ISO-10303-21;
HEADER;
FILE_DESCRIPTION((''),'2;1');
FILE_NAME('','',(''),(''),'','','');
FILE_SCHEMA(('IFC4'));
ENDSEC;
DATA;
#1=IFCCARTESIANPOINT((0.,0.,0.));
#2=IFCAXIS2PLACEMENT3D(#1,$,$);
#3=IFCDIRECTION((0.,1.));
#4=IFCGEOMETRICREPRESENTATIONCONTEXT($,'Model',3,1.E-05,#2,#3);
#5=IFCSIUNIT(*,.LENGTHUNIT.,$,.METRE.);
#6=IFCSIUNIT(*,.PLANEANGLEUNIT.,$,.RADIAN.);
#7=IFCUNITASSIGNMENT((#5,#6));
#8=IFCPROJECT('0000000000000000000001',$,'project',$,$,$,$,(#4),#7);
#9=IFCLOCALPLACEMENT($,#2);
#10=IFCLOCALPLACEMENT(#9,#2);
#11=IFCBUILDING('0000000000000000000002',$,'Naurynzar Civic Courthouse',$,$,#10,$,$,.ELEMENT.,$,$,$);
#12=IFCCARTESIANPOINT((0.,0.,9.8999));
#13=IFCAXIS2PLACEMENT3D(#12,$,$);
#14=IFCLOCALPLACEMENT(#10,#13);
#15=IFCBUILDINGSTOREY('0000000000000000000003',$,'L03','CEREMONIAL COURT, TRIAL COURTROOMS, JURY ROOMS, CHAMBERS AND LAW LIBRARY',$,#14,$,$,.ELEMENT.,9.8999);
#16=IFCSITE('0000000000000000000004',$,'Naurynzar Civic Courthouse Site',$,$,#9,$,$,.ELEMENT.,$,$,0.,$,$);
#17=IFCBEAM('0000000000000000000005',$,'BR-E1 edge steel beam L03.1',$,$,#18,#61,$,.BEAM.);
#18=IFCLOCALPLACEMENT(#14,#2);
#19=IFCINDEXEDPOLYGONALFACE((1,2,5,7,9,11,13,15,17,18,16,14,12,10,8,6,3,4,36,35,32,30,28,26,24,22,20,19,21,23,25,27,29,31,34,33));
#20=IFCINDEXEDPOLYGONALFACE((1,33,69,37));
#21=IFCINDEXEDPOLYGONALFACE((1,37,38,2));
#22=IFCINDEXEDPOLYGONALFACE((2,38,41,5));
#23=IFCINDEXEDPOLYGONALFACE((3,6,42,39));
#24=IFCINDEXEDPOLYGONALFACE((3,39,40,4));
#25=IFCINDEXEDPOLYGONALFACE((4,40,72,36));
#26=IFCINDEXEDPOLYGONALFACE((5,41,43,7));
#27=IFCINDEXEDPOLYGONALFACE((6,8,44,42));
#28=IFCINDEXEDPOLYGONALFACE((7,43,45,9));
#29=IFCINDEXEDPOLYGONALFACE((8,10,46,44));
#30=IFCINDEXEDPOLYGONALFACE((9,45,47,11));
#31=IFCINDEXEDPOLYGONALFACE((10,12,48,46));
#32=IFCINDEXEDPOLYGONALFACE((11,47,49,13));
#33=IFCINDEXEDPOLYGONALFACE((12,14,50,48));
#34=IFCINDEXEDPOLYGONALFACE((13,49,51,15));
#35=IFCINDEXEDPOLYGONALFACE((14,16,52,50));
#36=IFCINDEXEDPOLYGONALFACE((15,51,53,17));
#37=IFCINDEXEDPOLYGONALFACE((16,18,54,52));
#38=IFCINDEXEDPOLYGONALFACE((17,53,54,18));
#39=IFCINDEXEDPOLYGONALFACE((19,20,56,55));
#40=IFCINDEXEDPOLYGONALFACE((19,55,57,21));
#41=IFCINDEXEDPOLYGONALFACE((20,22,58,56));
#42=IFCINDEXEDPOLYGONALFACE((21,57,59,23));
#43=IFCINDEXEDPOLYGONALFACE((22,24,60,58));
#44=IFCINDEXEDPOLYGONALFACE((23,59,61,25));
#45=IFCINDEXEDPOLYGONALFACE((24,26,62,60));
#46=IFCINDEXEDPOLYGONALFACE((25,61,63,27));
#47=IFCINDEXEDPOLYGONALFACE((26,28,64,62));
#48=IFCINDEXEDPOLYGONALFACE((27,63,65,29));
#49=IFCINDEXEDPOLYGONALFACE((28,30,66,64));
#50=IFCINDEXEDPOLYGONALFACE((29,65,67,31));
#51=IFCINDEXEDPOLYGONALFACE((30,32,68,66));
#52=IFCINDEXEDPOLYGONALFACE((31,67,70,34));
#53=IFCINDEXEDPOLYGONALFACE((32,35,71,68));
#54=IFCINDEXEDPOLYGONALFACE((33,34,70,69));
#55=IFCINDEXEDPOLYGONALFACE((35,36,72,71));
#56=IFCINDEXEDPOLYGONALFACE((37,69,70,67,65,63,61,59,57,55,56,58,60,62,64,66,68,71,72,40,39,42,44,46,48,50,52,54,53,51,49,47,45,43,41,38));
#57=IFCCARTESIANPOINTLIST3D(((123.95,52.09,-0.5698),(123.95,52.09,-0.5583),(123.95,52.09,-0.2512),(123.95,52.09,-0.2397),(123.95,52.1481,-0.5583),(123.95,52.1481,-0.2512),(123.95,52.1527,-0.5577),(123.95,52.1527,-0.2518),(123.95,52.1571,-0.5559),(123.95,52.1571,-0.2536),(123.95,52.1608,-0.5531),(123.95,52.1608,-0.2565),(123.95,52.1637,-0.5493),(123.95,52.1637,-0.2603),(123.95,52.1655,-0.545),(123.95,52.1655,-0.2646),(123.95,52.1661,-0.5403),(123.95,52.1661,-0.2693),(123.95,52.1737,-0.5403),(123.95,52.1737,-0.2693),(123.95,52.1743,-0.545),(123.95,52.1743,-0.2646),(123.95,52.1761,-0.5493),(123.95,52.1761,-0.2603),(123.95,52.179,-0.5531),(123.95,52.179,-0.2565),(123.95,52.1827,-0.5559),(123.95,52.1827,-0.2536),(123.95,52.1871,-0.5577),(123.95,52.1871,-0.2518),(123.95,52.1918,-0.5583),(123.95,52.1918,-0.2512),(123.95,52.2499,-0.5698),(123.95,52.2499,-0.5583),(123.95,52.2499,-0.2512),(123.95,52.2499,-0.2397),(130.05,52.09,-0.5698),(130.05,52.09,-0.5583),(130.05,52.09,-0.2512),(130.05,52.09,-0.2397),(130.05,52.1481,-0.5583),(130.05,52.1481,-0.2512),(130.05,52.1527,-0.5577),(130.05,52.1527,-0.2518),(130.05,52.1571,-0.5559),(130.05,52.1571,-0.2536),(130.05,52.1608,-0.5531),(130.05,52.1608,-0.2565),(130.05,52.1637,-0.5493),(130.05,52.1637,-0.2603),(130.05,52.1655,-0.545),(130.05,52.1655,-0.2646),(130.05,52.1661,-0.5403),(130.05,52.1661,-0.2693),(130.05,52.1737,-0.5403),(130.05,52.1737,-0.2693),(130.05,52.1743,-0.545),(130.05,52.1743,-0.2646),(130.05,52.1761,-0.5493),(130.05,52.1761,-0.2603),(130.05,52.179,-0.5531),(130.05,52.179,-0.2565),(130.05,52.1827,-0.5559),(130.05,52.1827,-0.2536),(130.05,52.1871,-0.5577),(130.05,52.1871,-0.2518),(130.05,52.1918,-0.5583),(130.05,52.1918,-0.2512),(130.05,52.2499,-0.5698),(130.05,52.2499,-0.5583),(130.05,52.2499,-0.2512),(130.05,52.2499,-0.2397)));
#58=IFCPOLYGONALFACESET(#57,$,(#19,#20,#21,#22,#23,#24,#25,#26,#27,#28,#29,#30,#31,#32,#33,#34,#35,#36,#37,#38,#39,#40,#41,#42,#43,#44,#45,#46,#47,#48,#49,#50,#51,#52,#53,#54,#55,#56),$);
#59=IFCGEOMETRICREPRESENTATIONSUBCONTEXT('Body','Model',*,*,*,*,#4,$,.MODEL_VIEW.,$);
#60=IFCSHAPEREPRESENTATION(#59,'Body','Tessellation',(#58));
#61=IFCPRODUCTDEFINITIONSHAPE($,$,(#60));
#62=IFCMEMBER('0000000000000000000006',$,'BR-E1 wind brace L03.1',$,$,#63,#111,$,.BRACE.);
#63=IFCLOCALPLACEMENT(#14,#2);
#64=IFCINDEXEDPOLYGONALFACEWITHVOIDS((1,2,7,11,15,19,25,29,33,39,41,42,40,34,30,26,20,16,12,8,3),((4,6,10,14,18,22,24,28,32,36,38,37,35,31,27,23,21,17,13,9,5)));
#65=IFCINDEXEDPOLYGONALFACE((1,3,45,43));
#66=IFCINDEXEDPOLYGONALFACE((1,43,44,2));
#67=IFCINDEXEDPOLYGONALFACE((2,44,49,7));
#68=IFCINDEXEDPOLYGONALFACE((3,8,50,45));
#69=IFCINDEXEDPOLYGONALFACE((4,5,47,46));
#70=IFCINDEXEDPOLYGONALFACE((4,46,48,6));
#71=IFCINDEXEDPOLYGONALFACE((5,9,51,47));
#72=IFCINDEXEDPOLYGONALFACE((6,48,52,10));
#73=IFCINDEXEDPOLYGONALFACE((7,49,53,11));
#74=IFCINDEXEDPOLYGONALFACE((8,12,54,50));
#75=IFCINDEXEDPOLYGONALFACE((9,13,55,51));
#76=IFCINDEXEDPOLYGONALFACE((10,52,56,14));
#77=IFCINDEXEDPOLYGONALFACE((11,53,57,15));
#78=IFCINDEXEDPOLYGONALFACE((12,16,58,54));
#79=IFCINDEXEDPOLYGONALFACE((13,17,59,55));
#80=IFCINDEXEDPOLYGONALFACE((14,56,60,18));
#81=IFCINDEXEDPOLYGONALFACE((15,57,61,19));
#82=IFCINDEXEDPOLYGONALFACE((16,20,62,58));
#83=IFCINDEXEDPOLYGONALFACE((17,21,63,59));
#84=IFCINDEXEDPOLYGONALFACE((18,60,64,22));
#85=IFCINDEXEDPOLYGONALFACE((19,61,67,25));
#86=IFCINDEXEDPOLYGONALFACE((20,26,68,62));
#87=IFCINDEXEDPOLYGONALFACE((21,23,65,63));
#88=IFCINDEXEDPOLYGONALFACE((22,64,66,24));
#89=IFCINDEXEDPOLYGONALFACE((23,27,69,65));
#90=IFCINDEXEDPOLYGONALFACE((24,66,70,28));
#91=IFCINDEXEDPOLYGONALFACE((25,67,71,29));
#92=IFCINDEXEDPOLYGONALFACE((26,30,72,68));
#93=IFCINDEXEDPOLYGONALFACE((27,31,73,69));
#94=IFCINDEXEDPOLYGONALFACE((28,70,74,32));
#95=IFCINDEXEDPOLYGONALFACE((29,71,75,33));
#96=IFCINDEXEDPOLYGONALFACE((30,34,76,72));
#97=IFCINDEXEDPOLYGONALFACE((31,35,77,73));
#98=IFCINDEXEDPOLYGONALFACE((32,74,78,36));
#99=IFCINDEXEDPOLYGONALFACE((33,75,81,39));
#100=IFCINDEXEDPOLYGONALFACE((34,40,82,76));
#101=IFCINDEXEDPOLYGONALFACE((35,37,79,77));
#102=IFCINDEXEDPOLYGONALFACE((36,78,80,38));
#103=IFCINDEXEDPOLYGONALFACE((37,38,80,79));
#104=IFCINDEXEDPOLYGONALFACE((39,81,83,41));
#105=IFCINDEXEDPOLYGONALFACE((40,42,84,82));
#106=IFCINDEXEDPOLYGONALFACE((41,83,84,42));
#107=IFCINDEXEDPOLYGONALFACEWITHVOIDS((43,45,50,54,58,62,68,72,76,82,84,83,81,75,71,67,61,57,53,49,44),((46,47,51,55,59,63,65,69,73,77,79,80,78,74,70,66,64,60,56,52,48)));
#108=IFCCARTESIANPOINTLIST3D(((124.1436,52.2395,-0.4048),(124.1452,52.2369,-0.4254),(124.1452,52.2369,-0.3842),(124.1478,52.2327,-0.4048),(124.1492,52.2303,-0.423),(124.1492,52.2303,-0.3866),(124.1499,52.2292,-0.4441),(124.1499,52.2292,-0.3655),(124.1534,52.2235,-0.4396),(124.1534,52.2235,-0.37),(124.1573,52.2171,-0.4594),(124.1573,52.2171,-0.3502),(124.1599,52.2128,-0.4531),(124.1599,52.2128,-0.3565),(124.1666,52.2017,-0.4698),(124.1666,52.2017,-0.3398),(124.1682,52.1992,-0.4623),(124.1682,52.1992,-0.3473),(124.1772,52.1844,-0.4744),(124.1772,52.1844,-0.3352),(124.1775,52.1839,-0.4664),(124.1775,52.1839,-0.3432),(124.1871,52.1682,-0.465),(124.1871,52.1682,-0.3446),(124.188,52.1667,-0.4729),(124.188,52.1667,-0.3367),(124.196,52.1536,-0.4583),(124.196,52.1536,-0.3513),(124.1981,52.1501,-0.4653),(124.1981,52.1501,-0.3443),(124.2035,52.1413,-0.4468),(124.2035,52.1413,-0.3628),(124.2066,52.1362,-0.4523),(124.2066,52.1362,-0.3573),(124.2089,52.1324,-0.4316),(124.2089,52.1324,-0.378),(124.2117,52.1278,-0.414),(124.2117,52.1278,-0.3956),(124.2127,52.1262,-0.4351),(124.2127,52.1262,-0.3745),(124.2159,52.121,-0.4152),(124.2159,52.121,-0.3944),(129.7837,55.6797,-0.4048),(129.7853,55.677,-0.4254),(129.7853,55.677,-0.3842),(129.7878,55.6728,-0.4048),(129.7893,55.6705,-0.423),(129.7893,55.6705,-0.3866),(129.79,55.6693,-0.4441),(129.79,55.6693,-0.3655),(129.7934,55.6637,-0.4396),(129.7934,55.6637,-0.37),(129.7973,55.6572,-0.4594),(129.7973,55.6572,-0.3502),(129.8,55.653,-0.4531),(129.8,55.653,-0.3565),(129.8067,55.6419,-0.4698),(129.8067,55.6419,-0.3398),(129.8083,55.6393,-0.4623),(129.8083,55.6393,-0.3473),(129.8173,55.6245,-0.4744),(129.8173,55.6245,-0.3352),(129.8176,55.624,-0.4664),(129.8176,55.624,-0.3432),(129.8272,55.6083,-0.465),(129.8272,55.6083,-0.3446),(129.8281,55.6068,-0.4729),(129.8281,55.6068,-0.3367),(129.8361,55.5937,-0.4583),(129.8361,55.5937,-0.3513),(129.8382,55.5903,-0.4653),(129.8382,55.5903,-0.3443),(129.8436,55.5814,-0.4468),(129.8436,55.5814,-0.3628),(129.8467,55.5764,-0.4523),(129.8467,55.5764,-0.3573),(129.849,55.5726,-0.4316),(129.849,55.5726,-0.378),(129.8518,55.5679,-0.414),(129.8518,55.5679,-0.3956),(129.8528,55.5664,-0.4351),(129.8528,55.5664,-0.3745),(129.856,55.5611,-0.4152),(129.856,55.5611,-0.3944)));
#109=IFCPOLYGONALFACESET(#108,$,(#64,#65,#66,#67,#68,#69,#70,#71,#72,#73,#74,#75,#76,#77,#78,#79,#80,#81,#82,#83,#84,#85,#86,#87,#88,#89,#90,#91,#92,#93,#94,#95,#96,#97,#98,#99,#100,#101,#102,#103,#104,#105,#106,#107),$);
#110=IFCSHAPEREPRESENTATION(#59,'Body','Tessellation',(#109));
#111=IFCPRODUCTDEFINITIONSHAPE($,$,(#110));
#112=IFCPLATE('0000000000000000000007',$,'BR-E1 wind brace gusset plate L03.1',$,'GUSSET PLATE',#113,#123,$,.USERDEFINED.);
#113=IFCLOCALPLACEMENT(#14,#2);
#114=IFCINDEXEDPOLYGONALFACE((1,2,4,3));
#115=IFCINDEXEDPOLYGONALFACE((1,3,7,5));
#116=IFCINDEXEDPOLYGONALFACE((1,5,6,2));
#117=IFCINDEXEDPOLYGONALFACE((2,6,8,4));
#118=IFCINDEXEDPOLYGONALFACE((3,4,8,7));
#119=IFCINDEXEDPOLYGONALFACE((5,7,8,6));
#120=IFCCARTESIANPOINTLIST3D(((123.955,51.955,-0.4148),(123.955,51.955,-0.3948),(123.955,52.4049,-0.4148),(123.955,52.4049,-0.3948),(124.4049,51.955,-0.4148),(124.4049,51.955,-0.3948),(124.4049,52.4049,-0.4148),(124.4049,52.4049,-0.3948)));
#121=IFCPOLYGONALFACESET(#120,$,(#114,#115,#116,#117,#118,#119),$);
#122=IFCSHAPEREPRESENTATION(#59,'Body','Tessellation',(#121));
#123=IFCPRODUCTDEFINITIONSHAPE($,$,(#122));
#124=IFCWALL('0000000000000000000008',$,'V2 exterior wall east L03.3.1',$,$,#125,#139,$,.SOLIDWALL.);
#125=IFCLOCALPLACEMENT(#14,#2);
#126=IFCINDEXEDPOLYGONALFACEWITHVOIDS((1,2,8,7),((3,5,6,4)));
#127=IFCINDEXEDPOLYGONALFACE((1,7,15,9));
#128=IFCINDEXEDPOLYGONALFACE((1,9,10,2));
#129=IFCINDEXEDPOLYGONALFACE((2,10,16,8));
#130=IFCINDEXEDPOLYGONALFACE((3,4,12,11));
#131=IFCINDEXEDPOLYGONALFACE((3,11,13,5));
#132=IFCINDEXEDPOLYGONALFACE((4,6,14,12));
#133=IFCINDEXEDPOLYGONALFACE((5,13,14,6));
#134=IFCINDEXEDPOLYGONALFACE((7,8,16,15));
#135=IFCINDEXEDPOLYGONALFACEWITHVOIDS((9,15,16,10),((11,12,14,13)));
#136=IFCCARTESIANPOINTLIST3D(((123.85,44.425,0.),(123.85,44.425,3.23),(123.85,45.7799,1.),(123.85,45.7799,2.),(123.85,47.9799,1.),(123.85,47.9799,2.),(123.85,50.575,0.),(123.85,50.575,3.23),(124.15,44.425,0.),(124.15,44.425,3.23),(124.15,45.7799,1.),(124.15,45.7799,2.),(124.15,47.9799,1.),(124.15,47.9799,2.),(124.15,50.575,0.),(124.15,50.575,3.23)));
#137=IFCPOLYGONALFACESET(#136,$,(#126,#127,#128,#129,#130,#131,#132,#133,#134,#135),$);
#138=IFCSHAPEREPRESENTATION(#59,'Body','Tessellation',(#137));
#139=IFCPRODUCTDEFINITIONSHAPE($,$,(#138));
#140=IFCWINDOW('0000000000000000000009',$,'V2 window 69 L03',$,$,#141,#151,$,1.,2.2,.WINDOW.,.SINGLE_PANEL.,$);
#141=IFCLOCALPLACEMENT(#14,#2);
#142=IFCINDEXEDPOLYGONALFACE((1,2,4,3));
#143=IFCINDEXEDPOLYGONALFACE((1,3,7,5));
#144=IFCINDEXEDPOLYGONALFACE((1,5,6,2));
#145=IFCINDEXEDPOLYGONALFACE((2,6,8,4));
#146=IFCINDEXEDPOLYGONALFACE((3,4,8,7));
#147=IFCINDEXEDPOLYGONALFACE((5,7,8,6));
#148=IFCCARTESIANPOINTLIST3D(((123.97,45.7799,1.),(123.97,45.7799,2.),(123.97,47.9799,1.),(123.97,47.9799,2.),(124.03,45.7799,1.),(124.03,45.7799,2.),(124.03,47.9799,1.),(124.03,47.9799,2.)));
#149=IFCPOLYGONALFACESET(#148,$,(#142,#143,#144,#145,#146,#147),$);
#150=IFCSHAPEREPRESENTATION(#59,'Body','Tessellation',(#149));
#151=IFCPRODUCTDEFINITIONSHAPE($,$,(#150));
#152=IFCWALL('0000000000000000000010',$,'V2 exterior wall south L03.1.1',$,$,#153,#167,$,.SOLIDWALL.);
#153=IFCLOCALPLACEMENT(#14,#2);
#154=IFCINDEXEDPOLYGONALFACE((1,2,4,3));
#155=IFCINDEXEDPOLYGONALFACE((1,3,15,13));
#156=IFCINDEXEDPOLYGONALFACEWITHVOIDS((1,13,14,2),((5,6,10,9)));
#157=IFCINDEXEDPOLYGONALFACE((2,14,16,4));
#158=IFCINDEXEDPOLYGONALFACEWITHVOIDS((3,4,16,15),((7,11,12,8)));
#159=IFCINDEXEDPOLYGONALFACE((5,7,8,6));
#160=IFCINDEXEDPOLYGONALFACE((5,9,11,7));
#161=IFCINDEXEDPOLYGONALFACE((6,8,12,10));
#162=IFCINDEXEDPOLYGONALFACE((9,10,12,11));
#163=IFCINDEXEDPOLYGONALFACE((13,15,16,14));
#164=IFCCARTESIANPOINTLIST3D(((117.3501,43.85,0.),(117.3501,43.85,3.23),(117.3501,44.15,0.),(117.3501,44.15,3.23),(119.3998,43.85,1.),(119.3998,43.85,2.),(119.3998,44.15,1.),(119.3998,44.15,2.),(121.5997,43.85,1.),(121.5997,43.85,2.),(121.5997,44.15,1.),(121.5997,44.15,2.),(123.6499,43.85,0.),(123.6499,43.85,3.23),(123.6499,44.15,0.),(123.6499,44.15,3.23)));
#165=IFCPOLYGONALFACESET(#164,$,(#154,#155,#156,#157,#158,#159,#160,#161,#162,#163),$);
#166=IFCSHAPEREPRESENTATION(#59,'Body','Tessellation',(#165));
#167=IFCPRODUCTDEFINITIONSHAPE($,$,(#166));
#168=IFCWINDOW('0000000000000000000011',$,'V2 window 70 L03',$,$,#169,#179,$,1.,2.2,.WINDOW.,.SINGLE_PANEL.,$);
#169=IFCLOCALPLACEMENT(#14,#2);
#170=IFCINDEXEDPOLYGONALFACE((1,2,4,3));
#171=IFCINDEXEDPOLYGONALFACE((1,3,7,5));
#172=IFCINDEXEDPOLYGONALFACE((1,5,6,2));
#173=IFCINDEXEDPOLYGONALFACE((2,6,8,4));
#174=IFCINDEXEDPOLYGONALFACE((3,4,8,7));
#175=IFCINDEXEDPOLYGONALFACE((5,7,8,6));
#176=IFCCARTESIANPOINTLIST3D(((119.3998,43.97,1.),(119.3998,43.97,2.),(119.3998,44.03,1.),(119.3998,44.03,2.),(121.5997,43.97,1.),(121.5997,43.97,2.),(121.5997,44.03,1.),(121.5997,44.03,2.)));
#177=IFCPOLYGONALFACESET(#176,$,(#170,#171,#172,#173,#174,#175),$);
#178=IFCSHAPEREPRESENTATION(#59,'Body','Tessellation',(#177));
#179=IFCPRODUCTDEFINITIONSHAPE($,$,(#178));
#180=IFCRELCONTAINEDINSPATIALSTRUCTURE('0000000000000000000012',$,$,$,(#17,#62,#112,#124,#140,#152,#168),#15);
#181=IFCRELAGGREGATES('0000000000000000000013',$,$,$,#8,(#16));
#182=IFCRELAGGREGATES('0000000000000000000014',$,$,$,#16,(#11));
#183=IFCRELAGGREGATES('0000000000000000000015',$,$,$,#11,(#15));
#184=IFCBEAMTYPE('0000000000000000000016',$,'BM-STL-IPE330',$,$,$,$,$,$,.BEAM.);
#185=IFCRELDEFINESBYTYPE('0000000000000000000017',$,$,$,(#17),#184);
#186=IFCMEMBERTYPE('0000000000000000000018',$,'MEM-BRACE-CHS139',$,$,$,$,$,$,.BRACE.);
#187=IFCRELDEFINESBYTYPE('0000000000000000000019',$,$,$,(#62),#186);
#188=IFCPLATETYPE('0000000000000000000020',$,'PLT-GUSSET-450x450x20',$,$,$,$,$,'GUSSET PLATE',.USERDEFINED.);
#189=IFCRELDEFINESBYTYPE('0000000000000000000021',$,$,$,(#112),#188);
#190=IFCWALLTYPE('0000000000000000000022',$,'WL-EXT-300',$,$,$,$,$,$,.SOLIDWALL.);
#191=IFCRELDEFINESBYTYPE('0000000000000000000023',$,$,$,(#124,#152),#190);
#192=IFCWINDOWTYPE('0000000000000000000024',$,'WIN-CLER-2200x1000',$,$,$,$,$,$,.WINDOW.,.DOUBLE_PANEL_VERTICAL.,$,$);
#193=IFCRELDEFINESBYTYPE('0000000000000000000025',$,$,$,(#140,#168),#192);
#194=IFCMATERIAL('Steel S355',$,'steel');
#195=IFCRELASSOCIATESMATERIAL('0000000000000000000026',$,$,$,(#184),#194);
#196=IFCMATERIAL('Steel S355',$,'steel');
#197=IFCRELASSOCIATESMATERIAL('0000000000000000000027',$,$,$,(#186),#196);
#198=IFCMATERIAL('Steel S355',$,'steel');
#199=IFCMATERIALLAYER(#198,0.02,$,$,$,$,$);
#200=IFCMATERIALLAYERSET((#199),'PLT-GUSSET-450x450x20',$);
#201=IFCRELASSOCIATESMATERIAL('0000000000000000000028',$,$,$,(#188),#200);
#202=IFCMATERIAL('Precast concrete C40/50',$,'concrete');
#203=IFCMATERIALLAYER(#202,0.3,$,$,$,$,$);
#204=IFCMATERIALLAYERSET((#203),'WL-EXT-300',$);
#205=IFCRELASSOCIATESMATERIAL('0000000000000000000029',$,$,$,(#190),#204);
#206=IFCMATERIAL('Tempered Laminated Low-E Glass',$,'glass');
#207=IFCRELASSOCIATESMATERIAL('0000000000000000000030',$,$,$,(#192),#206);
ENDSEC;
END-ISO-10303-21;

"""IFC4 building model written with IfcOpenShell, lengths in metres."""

from ifc_helpers import new_model, si_unit, direction, frame, frame_2d, origin, origin_2d, place, context, subcontext, project, spatial, rectangle, hollow_circle, i_section, extrude, material, layer, layer_set, material_profile, profile_set, type_object, element, fill, save


model = new_model("IFC4")

# Units and contexts
model_context = context("Model", 3, precision=1e-05, world=origin(), true_north=direction((0.0, 1.0)))
body_context = subcontext(model_context, "Body", "Model", "MODEL_VIEW")
ifc_project = project(units=[si_unit("LENGTHUNIT", "METRE"), si_unit("PLANEANGLEUNIT", "RADIAN")], contexts=[model_context])

# Site, building, storey
site_placement = place(None, origin())
site = spatial("IfcSite", under=ifc_project, at=site_placement, Name="Naurynzar Civic Courthouse Site", CompositionType="ELEMENT", RefElevation=0.0)
building_placement = place(site_placement, origin())
building = spatial("IfcBuilding", under=site, at=building_placement, Name="Naurynzar Civic Courthouse", CompositionType="ELEMENT")
storey_placement = place(building_placement, frame((0.0, 0.0, 9.8999)))
storey = spatial("IfcBuildingStorey", under=building, at=storey_placement, Name="L03", Description="CEREMONIAL COURT, TRIAL COURTROOMS, JURY ROOMS, CHAMBERS AND LAW LIBRARY", CompositionType="ELEMENT", Elevation=9.8999)

# Beam
ifc_material_1 = material(Name="Steel S355", Category="steel")
ifc_material_profile_1 = material_profile(ifc_material_1, i_section(OverallWidth=0.1599, OverallDepth=0.3301, WebThickness=0.0076, FlangeThickness=0.0115, FilletRadius=0.0181, at=origin_2d()), Name="IPE 330")
ifc_profile_set_1 = profile_set([ifc_material_profile_1], Name="Steel S355")
beam_type_1 = type_object("IfcBeamType", Name="BM-STL-IPE330", PredefinedType="BEAM", material=ifc_profile_set_1)
beam_1_placement = place(storey_placement, frame((123.95, 52.1699, -0.4048), z_axis=(1.0, 0.0, 0.0), x_axis=(0.0, 1.0, 0.0)))
element("IfcBeam", 1, at=beam_1_placement, inside=storey, type_object=beam_type_1, Name="BR-E1 edge steel beam L03.1", PredefinedType="BEAM", context=body_context, shape_type="SweptSolid", body=[
    extrude(i_section(OverallWidth=0.1599, OverallDepth=0.3301, WebThickness=0.0076, FlangeThickness=0.0115, FilletRadius=0.0181, at=origin_2d()), origin(), (0.0, 0.0, 1.0), 6.1001),
])

# Member
ifc_material_2 = material(Name="Steel S355", Category="steel")
ifc_material_profile_2 = material_profile(ifc_material_2, hollow_circle(Radius=0.0698, WallThickness=0.0081, at=origin_2d()), Name="CHS 139.7x8")
ifc_profile_set_2 = profile_set([ifc_material_profile_2], Name="Steel S355")
member_type = type_object("IfcMemberType", Name="MEM-BRACE-CHS139", PredefinedType="BRACE", material=ifc_profile_set_2)
member_placement = place(storey_placement, frame((124.1799, 52.1799, -0.4048), z_axis=(0.853724, 0.520726, 0.0), x_axis=(-0.520726, 0.853724, 0.0)))
element("IfcMember", 2, at=member_placement, inside=storey, type_object=member_type, Name="BR-E1 wind brace L03.1", PredefinedType="BRACE", context=body_context, shape_type="SweptSolid", body=[
    extrude(hollow_circle(Radius=0.0698, WallThickness=0.0081, at=origin_2d()), origin(), (0.0, 0.0, 1.0), 6.6064),
])

# Plate
ifc_material_3 = material(Name="Steel S355", Category="steel")
ifc_layer_1 = layer(ifc_material_3, 0.02)
ifc_layer_set_1 = layer_set([ifc_layer_1], Name="PLT-GUSSET-450x450x20")
plate_type = type_object("IfcPlateType", Name="PLT-GUSSET-450x450x20", ElementType="GUSSET PLATE", PredefinedType="USERDEFINED", material=ifc_layer_set_1)
plate_placement = place(storey_placement, frame((124.1799, 52.1799, -0.4148), z_axis=(0.0, 0.0, 1.0), x_axis=(1.0, 0.0, 0.0)))
element("IfcPlate", 3, at=plate_placement, inside=storey, type_object=plate_type, Name="BR-E1 wind brace gusset plate L03.1", ObjectType="GUSSET PLATE", PredefinedType="USERDEFINED", context=body_context, shape_type="SweptSolid", body=[
    extrude(rectangle(XDim=0.45, YDim=0.45, at=origin_2d()), origin(), (0.0, 0.0, 1.0), 0.02),
])

# Walls, openings, windows
ifc_material_4 = material(Name="Precast concrete C40/50", Category="concrete")
ifc_layer_2 = layer(ifc_material_4, 0.3)
ifc_layer_set_2 = layer_set([ifc_layer_2], Name="WL-EXT-300")
wall_type = type_object("IfcWallType", Name="WL-EXT-300", PredefinedType="SOLIDWALL", material=ifc_layer_set_2)
wall_1_placement = place(storey_placement, frame((124.0, 50.575, 0.0), z_axis=(0.0, 0.0, 1.0), x_axis=(0.0, -1.0, 0.0)))
wall_1 = element("IfcWall", 4, at=wall_1_placement, inside=storey, type_object=wall_type, Name="V2 exterior wall east L03.3.1", PredefinedType="SOLIDWALL", context=body_context, shape_type="SweptSolid", body=[
    extrude(rectangle(XDim=6.1499, YDim=0.3, at=frame_2d((3.075, 0.0))), origin(), (0.0, 0.0, 1.0), 3.23),
])
opening_1_placement = place(wall_1_placement, frame((2.595, 0.0, 1.0)))
opening_1 = element("IfcOpeningElement", 5, at=opening_1_placement, cuts=wall_1, PredefinedType="OPENING", context=body_context, shape_type="SweptSolid", body=[
    extrude(rectangle(XDim=2.2, YDim=1.0, at=frame_2d((1.1001, 0.5))), frame((0.0, 0.1599, 0.0), z_axis=(0.0, -1.0, 0.0), x_axis=(1.0, 0.0, 0.0)), (0.0, 0.0, 1.0), 0.3201),
])
ifc_material_5 = material(Name="Tempered Laminated Low-E Glass", Category="glass")
window_type = type_object("IfcWindowType", Name="WIN-CLER-2200x1000", PartitioningType="DOUBLE_PANEL_VERTICAL", PredefinedType="WINDOW", material=ifc_material_5)
window_1_placement = place(opening_1_placement, origin())
window_1 = element("IfcWindow", 6, at=window_1_placement, inside=storey, type_object=window_type, Name="V2 window 69 L03", OverallHeight=1.0, OverallWidth=2.2, PartitioningType="SINGLE_PANEL", PredefinedType="WINDOW", context=body_context, shape_type="SweptSolid", body=[
    extrude(rectangle(XDim=2.2, YDim=1.0, at=frame_2d((1.1001, 0.5))), frame((0.0, 0.03, 0.0), z_axis=(0.0, -1.0, 0.0), x_axis=(1.0, 0.0, 0.0)), (0.0, 0.0, 1.0), 0.0601),
])
fill(opening_1, window_1)
wall_2_placement = place(storey_placement, frame((123.6499, 44.0, 0.0), z_axis=(0.0, 0.0, 1.0), x_axis=(-1.0, 0.0, 0.0)))
wall_2 = element("IfcWall", 7, at=wall_2_placement, inside=storey, type_object=wall_type, Name="V2 exterior wall south L03.1.1", PredefinedType="SOLIDWALL", context=body_context, shape_type="SweptSolid", body=[
    extrude(rectangle(XDim=6.2998, YDim=0.3, at=frame_2d((3.1499, 0.0))), origin(), (0.0, 0.0, 1.0), 3.23),
])
opening_2_placement = place(wall_2_placement, frame((2.05, 0.0, 1.0)))
opening_2 = element("IfcOpeningElement", 8, at=opening_2_placement, cuts=wall_2, PredefinedType="OPENING", context=body_context, shape_type="SweptSolid", body=[
    extrude(rectangle(XDim=2.2, YDim=1.0, at=frame_2d((1.1001, 0.5))), frame((0.0, 0.1599, 0.0), z_axis=(0.0, -1.0, 0.0), x_axis=(1.0, 0.0, 0.0)), (0.0, 0.0, 1.0), 0.3201),
])
window_2_placement = place(opening_2_placement, origin())
window_2 = element("IfcWindow", 9, at=window_2_placement, inside=storey, type_object=window_type, Name="V2 window 70 L03", OverallHeight=1.0, OverallWidth=2.2, PartitioningType="SINGLE_PANEL", PredefinedType="WINDOW", context=body_context, shape_type="SweptSolid", body=[
    extrude(rectangle(XDim=2.2, YDim=1.0, at=frame_2d((1.1001, 0.5))), frame((0.0, 0.03, 0.0), z_axis=(0.0, -1.0, 0.0), x_axis=(1.0, 0.0, 0.0)), (0.0, 0.0, 1.0), 0.0601),
])
fill(opening_2, window_2)

save(model, "model.ifc")
